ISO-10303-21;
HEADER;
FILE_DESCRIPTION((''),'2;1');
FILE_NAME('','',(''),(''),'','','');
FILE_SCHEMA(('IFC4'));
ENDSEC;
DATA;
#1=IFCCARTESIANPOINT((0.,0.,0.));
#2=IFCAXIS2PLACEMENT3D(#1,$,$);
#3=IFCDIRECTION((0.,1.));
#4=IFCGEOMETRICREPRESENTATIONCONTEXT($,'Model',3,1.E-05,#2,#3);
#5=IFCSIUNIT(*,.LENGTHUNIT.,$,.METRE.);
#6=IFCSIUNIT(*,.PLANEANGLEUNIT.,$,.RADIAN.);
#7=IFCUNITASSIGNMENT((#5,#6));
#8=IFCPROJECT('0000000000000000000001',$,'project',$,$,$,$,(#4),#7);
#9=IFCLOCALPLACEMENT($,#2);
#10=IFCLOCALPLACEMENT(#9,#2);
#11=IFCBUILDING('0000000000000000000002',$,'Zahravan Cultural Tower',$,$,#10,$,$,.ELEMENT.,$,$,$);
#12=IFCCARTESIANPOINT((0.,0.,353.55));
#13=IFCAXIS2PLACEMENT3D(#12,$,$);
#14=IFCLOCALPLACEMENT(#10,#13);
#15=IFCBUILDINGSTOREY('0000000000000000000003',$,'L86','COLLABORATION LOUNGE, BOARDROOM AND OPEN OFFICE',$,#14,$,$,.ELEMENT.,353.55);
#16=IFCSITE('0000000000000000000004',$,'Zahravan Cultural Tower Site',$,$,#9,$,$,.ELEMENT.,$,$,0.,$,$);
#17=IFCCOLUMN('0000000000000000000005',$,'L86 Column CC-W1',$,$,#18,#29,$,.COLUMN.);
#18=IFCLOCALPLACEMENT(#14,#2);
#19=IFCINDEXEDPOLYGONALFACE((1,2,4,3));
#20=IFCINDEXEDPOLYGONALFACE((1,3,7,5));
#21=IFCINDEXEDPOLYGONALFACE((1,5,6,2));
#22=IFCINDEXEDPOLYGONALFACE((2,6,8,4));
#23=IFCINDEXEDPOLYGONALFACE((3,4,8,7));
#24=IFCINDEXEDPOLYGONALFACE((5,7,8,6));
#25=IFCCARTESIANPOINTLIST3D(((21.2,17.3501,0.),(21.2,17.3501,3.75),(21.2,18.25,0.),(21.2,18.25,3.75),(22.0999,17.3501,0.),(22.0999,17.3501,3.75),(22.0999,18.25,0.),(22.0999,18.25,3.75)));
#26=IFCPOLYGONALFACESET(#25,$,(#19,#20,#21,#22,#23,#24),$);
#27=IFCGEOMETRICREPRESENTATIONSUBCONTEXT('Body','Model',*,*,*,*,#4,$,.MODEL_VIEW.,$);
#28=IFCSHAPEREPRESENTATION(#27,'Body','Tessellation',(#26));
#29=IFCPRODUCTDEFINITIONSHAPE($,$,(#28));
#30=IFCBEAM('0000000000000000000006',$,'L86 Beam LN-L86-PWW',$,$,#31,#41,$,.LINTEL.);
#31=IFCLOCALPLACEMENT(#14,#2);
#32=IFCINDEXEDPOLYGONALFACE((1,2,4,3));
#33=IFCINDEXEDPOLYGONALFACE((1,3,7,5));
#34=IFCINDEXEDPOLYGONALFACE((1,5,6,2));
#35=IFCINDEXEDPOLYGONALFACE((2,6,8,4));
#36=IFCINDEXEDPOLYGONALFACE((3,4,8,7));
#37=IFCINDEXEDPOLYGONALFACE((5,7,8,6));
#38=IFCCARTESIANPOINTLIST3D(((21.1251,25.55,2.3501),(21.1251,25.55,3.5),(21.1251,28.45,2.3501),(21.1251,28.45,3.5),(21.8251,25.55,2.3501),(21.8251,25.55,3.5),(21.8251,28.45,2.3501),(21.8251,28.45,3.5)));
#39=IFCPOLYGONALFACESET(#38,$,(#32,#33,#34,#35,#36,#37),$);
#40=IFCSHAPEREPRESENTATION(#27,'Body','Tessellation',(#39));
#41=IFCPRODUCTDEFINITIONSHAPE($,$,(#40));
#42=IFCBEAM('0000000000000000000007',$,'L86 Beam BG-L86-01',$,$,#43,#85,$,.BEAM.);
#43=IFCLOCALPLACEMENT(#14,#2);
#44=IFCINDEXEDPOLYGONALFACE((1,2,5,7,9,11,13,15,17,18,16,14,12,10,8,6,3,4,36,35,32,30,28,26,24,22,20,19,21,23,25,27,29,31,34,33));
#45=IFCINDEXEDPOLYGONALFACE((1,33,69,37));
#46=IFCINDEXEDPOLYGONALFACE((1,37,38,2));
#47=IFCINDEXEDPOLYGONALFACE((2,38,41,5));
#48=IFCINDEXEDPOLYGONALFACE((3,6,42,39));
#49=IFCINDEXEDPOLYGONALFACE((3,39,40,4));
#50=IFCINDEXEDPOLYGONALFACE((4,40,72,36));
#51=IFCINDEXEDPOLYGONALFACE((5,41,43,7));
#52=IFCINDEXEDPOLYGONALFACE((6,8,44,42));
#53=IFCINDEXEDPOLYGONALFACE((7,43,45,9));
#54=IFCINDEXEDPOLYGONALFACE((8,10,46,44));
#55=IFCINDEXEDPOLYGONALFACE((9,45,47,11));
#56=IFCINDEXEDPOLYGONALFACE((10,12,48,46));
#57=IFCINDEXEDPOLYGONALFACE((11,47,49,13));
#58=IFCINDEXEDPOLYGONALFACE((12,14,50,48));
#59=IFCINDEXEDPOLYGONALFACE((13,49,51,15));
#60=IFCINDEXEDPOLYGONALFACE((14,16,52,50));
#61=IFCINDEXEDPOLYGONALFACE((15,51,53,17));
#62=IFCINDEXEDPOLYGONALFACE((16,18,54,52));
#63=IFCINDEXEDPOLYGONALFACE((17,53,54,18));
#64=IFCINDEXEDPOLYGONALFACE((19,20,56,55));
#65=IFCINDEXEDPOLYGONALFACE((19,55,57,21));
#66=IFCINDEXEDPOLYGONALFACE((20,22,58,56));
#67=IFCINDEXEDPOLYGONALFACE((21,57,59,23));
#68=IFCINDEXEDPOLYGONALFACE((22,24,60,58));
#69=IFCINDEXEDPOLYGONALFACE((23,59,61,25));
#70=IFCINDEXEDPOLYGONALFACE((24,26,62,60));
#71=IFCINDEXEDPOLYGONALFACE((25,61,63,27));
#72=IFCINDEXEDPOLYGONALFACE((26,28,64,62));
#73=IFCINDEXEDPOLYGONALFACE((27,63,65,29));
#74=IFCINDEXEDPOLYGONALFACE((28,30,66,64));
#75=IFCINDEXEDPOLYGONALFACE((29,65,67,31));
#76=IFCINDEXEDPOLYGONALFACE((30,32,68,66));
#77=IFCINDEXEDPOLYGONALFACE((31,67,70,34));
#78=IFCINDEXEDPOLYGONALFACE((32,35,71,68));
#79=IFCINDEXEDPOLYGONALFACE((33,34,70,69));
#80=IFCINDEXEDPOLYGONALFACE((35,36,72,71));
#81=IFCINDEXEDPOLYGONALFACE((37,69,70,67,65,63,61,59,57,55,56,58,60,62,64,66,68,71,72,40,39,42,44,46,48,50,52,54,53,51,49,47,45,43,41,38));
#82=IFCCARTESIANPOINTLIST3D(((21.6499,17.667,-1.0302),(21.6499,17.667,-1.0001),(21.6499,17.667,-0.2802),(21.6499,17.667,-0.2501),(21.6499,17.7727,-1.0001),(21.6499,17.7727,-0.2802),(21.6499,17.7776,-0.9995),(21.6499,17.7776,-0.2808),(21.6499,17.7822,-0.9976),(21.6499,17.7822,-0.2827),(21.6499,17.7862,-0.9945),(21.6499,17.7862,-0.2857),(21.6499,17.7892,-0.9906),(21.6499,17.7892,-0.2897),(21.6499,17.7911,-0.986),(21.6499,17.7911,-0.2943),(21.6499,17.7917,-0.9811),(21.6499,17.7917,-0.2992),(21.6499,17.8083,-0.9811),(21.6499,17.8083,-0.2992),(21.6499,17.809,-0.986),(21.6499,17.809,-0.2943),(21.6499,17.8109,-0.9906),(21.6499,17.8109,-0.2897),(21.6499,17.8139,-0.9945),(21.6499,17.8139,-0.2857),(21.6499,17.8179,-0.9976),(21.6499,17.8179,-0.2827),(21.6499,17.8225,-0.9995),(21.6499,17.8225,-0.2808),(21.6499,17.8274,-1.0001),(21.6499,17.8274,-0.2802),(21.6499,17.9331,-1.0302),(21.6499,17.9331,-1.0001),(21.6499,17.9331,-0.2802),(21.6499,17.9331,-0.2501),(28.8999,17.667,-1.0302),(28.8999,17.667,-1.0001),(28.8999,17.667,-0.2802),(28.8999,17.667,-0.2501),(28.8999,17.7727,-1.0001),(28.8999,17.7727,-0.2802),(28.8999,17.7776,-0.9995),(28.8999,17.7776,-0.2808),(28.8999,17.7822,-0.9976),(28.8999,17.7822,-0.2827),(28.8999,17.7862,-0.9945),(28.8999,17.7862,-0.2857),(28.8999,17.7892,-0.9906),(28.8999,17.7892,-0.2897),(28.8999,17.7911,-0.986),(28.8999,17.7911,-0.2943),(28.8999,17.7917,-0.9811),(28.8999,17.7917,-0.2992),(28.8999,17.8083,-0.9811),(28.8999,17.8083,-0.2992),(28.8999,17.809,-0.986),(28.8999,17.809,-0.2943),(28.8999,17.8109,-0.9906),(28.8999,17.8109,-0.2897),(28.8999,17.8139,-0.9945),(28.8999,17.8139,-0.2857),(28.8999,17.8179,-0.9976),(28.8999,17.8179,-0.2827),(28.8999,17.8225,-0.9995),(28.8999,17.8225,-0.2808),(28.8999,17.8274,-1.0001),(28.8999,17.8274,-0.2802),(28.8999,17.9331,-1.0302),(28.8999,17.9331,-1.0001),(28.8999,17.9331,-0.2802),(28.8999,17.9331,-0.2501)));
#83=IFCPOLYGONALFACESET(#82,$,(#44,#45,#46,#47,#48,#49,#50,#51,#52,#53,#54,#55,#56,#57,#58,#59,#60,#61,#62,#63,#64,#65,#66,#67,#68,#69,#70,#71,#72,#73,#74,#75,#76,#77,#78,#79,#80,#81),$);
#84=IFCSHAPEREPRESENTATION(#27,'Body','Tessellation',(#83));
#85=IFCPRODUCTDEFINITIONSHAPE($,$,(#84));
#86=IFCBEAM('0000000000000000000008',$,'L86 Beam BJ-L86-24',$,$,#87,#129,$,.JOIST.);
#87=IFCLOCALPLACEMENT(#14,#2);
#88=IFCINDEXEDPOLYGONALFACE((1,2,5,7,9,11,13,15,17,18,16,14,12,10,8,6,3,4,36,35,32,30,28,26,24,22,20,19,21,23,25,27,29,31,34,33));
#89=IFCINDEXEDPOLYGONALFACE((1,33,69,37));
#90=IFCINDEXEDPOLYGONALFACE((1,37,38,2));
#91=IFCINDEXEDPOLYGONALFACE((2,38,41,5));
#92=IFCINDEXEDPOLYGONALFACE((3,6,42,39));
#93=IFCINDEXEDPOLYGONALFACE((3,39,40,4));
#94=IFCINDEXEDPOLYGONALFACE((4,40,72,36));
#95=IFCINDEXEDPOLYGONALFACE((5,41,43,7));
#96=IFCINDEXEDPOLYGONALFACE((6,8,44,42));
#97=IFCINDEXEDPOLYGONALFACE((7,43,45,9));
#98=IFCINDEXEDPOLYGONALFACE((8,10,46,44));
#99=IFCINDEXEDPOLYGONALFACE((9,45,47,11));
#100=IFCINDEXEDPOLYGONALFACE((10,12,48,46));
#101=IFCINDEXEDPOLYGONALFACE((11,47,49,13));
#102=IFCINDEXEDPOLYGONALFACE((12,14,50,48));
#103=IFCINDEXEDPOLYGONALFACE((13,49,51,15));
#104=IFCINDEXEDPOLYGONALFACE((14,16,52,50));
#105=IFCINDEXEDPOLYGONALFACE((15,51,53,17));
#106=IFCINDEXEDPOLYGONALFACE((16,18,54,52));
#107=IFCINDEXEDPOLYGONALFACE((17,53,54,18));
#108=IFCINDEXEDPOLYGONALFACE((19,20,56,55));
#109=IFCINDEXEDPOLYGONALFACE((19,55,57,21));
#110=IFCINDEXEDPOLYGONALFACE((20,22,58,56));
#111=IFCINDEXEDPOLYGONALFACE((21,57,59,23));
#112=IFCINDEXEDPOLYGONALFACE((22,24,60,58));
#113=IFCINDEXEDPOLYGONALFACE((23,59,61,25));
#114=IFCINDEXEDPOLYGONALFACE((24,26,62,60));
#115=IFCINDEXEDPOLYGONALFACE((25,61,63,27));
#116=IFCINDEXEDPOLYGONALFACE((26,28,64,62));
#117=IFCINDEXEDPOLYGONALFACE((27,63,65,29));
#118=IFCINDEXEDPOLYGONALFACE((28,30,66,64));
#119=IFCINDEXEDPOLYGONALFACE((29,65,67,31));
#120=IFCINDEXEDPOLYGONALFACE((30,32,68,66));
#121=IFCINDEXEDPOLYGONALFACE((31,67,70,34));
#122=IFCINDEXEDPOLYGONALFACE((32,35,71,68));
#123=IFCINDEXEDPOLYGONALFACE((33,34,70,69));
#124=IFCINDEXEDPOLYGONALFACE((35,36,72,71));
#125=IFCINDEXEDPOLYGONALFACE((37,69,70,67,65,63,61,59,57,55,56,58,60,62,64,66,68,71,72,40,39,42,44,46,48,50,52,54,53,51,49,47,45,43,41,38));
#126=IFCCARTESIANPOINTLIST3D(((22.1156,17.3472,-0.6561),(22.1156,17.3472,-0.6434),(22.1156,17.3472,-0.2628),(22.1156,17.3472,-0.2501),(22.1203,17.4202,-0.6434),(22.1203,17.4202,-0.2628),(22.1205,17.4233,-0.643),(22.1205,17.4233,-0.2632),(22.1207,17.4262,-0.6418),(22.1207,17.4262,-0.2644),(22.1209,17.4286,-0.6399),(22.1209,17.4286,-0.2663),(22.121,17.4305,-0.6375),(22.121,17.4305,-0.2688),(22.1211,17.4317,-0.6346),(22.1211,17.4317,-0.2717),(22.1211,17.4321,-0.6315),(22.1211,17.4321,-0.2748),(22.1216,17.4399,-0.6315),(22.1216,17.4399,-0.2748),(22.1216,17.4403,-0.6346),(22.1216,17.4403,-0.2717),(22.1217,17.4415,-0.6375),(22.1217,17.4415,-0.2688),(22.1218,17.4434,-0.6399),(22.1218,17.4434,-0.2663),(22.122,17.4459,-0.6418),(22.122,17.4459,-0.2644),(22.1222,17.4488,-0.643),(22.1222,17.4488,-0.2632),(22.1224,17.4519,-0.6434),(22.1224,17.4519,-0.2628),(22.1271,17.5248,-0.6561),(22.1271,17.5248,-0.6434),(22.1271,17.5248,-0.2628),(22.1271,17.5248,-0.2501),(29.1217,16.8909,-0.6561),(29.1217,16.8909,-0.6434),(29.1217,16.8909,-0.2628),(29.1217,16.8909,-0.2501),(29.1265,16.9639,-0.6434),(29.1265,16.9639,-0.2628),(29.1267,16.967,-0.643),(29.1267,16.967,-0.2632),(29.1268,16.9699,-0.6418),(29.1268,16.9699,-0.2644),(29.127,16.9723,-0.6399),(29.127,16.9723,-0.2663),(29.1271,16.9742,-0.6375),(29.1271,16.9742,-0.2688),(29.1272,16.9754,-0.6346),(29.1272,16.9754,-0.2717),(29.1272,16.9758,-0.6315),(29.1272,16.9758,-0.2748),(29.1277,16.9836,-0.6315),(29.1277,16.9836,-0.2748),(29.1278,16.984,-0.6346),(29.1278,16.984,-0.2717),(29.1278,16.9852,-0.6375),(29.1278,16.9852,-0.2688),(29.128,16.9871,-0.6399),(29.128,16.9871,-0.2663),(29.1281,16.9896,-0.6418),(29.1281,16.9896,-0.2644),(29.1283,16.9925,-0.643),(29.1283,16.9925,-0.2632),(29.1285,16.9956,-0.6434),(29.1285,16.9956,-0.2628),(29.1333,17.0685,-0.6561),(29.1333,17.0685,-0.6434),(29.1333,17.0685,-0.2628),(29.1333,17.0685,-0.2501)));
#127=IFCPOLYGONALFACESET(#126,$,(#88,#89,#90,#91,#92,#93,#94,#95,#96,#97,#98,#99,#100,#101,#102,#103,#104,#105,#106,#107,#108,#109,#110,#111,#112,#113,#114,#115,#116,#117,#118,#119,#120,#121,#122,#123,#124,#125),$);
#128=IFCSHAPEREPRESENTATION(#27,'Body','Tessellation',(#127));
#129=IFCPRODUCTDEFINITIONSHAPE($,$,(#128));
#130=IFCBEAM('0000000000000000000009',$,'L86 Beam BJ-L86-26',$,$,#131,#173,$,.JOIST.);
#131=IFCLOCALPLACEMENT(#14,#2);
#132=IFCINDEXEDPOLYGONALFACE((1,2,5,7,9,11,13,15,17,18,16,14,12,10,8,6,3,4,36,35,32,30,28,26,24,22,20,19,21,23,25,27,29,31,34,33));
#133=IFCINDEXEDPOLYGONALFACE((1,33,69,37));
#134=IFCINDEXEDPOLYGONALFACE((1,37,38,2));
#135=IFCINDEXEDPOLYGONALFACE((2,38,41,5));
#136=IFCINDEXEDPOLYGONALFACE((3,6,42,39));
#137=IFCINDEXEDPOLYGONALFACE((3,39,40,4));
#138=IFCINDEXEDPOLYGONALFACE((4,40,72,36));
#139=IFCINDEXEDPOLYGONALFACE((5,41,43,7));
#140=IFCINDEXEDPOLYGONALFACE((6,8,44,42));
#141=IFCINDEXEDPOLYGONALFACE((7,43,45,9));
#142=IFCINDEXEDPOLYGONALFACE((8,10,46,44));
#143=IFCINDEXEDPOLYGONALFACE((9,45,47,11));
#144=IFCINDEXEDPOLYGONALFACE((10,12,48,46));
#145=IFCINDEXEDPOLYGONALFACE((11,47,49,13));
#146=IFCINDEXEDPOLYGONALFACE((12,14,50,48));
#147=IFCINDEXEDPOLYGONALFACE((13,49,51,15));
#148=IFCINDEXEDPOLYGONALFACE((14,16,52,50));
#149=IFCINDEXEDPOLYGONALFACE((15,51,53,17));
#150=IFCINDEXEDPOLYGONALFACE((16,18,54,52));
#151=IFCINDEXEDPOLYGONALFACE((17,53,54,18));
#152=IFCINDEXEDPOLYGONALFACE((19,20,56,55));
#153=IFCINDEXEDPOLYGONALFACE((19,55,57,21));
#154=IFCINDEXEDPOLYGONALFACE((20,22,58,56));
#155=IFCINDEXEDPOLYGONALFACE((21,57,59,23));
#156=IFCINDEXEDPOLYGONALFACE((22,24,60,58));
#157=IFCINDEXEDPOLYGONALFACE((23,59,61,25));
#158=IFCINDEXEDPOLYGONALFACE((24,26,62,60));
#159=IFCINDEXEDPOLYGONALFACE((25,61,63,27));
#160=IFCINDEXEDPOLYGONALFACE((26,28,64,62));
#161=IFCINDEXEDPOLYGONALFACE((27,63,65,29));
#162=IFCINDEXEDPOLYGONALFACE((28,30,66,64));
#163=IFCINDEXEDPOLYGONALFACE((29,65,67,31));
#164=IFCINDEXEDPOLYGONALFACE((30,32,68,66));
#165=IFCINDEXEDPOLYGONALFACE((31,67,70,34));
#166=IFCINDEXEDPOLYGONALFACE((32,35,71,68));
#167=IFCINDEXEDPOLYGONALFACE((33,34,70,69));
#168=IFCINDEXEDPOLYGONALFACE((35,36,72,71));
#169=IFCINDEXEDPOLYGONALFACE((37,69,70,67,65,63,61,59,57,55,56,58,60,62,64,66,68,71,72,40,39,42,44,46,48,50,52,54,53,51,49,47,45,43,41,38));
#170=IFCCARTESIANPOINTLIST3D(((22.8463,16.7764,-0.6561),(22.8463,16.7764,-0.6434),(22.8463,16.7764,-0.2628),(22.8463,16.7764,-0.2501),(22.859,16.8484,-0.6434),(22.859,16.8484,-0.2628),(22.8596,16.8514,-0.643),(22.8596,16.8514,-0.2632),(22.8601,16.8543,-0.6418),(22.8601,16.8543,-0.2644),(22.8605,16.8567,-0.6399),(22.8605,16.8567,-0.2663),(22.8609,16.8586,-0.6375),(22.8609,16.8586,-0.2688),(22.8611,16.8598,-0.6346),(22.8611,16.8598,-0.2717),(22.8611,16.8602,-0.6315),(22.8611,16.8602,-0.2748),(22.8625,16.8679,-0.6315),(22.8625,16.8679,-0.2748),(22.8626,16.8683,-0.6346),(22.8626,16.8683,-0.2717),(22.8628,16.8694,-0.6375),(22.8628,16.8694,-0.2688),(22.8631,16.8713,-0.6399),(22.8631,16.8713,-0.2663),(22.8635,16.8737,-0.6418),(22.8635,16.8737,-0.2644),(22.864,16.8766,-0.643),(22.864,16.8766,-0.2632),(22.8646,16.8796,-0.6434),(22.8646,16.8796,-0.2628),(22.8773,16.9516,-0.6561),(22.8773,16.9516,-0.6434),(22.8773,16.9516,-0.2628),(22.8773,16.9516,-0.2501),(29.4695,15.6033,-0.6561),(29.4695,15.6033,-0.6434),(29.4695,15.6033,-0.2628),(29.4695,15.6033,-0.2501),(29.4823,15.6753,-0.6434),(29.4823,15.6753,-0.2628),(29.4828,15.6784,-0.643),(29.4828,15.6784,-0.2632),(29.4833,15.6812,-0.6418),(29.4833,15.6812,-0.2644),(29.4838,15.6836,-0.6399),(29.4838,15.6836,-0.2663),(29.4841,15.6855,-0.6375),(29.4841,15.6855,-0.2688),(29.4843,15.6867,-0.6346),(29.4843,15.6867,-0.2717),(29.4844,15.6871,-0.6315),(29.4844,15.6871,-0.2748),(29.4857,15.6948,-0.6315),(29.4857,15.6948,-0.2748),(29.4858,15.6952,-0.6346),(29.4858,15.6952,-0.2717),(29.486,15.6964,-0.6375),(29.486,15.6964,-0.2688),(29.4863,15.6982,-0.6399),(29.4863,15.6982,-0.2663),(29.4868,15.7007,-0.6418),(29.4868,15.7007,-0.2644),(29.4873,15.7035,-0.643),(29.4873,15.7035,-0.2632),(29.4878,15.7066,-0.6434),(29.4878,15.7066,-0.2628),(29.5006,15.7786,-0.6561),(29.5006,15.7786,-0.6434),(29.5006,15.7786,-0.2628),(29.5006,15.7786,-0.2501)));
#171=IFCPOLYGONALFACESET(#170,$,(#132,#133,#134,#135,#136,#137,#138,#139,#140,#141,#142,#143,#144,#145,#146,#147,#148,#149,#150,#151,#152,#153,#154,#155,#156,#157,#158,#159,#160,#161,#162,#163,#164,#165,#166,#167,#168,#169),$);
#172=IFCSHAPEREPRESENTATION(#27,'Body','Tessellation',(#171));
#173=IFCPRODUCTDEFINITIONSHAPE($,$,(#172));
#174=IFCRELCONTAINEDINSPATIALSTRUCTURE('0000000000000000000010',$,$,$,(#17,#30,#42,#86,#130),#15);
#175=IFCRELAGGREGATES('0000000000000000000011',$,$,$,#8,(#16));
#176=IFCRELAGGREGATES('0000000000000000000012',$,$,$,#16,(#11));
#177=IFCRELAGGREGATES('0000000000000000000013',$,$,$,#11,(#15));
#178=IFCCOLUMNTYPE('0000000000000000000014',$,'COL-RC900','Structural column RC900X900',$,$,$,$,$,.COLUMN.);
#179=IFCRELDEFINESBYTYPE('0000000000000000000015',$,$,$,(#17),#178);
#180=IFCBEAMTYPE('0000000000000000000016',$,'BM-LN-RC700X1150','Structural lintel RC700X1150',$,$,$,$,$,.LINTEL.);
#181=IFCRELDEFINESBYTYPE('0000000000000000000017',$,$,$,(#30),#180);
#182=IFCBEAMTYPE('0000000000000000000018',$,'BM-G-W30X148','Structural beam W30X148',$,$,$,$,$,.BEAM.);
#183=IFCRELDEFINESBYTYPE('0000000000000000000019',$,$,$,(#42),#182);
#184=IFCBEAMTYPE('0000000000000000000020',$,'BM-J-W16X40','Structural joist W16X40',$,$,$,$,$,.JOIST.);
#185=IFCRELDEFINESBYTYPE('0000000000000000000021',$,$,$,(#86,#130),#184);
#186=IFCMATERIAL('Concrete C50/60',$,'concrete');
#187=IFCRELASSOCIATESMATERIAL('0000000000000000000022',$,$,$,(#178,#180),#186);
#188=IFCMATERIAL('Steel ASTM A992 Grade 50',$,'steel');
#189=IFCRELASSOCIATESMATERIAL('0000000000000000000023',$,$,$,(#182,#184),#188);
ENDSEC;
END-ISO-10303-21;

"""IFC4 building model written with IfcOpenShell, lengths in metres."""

from ifc_helpers import new_model, si_unit, direction, frame, origin, origin_2d, place, context, subcontext, project, spatial, rectangle, i_section, extrude, source, transform, mapped, material, material_profile, profile_set, type_object, element, save


model = new_model("IFC4")

# Units and contexts
model_context = context("Model", 3, precision=1e-05, world=origin(), true_north=direction((0.0, 1.0)))
body_context = subcontext(model_context, "Body", "Model", "MODEL_VIEW")
ifc_project = project(units=[si_unit("LENGTHUNIT", "METRE"), si_unit("PLANEANGLEUNIT", "RADIAN")], contexts=[model_context])

# Site, building, storey
site_placement = place(None, origin())
site = spatial("IfcSite", under=ifc_project, at=site_placement, Name="Zahravan Cultural Tower Site", CompositionType="ELEMENT", RefElevation=0.0)
building_placement = place(site_placement, origin())
building = spatial("IfcBuilding", under=site, at=building_placement, Name="Zahravan Cultural Tower", CompositionType="ELEMENT")
storey_placement = place(building_placement, frame((0.0, 0.0, 353.55)))
storey = spatial("IfcBuildingStorey", under=building, at=storey_placement, Name="L86", Description="COLLABORATION LOUNGE, BOARDROOM AND OPEN OFFICE", CompositionType="ELEMENT", Elevation=353.55)

# Column
ifc_material_1 = material(Name="Concrete C50/60", Category="concrete")
ifc_material_profile_1 = material_profile(ifc_material_1, rectangle(XDim=0.8999, YDim=0.8999, at=origin_2d()), Name="RC900X900")
ifc_profile_set_1 = profile_set([ifc_material_profile_1], Name="Concrete C50/60")
column_type = type_object("IfcColumnType", Name="COL-RC900", Description="Structural column RC900X900", PredefinedType="COLUMN", material=ifc_profile_set_1)
shared_shape_1 = source(origin(), body_context, "Body", "SweptSolid", [
    extrude(rectangle(XDim=0.8999, YDim=0.8999, at=origin_2d()), origin(), (0.0, 0.0, 1.0), 3.75),
])
column_placement = place(storey_placement, frame((21.6499, 17.8, 0.0), z_axis=(0.0, 0.0, 1.0), x_axis=(1.0, 0.0, 0.0)))
element("IfcColumn", 1, at=column_placement, inside=storey, type_object=column_type, Name="L86 Column CC-W1", PredefinedType="COLUMN", context=body_context, shape_type="MappedRepresentation", body=[
    mapped(shared_shape_1, transform((0.0, 0.0, 0.0), x_axis=(1.0, 0.0, 0.0), y_axis=(0.0, 1.0, 0.0), z_axis=(0.0, 0.0, 1.0), scale=1.0)),
])

# Beams
ifc_material_profile_2 = material_profile(ifc_material_1, rectangle(XDim=0.7, YDim=1.1499, at=origin_2d()), Name="RC700X1150")
ifc_profile_set_2 = profile_set([ifc_material_profile_2], Name="Concrete C50/60")
beam_type_1 = type_object("IfcBeamType", Name="BM-LN-RC700X1150", Description="Structural lintel RC700X1150", PredefinedType="LINTEL", material=ifc_profile_set_2)
shared_shape_2 = source(origin(), body_context, "Body", "SweptSolid", [
    extrude(rectangle(XDim=0.7, YDim=1.1499, at=origin_2d()), origin(), (0.0, 0.0, 1.0), 2.8999),
])
beam_1_placement = place(storey_placement, frame((21.4751, 25.55, 2.925), z_axis=(0.0, 1.0, 0.0), x_axis=(-1.0, 0.0, 0.0)))
element("IfcBeam", 2, at=beam_1_placement, inside=storey, type_object=beam_type_1, Name="L86 Beam LN-L86-PWW", PredefinedType="LINTEL", context=body_context, shape_type="MappedRepresentation", body=[
    mapped(shared_shape_2, transform((0.0, 0.0, 0.0), x_axis=(1.0, 0.0, 0.0), y_axis=(0.0, 1.0, 0.0), z_axis=(0.0, 0.0, 1.0), scale=1.0)),
])
ifc_material_2 = material(Name="Steel ASTM A992 Grade 50", Category="steel")
ifc_material_profile_3 = material_profile(ifc_material_2, i_section(OverallWidth=0.2661, OverallDepth=0.78, WebThickness=0.0166, FlangeThickness=0.03, FilletRadius=0.019, at=origin_2d()), Name="W30X148")
ifc_profile_set_3 = profile_set([ifc_material_profile_3], Name="Steel ASTM A992 Grade 50")
beam_type_2 = type_object("IfcBeamType", Name="BM-G-W30X148", Description="Structural beam W30X148", PredefinedType="BEAM", material=ifc_profile_set_3)
shared_shape_3 = source(origin(), body_context, "Body", "SweptSolid", [
    extrude(i_section(OverallWidth=0.2661, OverallDepth=0.78, WebThickness=0.0166, FlangeThickness=0.03, FilletRadius=0.019, at=origin_2d()), origin(), (0.0, 0.0, 1.0), 7.25),
])
beam_2_placement = place(storey_placement, frame((21.6499, 17.8, -0.6401), z_axis=(1.0, 0.0, 0.0), x_axis=(0.0, 1.0, 0.0)))
element("IfcBeam", 3, at=beam_2_placement, inside=storey, type_object=beam_type_2, Name="L86 Beam BG-L86-01", PredefinedType="BEAM", context=body_context, shape_type="MappedRepresentation", body=[
    mapped(shared_shape_3, transform((0.0, 0.0, 0.0), x_axis=(1.0, 0.0, 0.0), y_axis=(0.0, 1.0, 0.0), z_axis=(0.0, 0.0, 1.0), scale=1.0)),
])
ifc_material_profile_4 = material_profile(ifc_material_2, i_section(OverallWidth=0.178, OverallDepth=0.406, WebThickness=0.0078, FlangeThickness=0.0127, FilletRadius=0.012, at=origin_2d()), Name="W16X40")
ifc_profile_set_4 = profile_set([ifc_material_profile_4], Name="Steel ASTM A992 Grade 50")
beam_type_3 = type_object("IfcBeamType", Name="BM-J-W16X40", Description="Structural joist W16X40", PredefinedType="JOIST", material=ifc_profile_set_4)
shared_shape_4 = source(origin(), body_context, "Body", "SweptSolid", [
    extrude(i_section(OverallWidth=0.178, OverallDepth=0.406, WebThickness=0.0078, FlangeThickness=0.0127, FilletRadius=0.012, at=origin_2d()), origin(), (0.0, 0.0, 1.0), 7.021),
])
beam_3_placement = place(storey_placement, frame((22.1213, 17.436, -0.4531), z_axis=(0.997886, -0.064991, 0.0), x_axis=(0.064991, 0.997886, 0.0)))
element("IfcBeam", 4, at=beam_3_placement, inside=storey, type_object=beam_type_3, Name="L86 Beam BJ-L86-24", PredefinedType="JOIST", context=body_context, shape_type="MappedRepresentation", body=[
    mapped(shared_shape_4, transform((0.0, 0.0, 0.0), x_axis=(1.0, 0.0, 0.0), y_axis=(0.0, 1.0, 0.0), z_axis=(0.0, 0.0, 1.0), scale=1.0)),
])
shared_shape_5 = source(origin(), body_context, "Body", "SweptSolid", [
    extrude(i_section(OverallWidth=0.178, OverallDepth=0.406, WebThickness=0.0078, FlangeThickness=0.0127, FilletRadius=0.012, at=origin_2d()), origin(), (0.0, 0.0, 1.0), 6.7263),
])
beam_4_placement = place(storey_placement, frame((22.8618, 16.864, -0.4531), z_axis=(0.984674, -0.174402, 0.0), x_axis=(0.174402, 0.984674, 0.0)))
element("IfcBeam", 5, at=beam_4_placement, inside=storey, type_object=beam_type_3, Name="L86 Beam BJ-L86-26", PredefinedType="JOIST", context=body_context, shape_type="MappedRepresentation", body=[
    mapped(shared_shape_5, transform((0.0, 0.0, 0.0), x_axis=(1.0, 0.0, 0.0), y_axis=(0.0, 1.0, 0.0), z_axis=(0.0, 0.0, 1.0), scale=1.0)),
])

save(model, "model.ifc")
